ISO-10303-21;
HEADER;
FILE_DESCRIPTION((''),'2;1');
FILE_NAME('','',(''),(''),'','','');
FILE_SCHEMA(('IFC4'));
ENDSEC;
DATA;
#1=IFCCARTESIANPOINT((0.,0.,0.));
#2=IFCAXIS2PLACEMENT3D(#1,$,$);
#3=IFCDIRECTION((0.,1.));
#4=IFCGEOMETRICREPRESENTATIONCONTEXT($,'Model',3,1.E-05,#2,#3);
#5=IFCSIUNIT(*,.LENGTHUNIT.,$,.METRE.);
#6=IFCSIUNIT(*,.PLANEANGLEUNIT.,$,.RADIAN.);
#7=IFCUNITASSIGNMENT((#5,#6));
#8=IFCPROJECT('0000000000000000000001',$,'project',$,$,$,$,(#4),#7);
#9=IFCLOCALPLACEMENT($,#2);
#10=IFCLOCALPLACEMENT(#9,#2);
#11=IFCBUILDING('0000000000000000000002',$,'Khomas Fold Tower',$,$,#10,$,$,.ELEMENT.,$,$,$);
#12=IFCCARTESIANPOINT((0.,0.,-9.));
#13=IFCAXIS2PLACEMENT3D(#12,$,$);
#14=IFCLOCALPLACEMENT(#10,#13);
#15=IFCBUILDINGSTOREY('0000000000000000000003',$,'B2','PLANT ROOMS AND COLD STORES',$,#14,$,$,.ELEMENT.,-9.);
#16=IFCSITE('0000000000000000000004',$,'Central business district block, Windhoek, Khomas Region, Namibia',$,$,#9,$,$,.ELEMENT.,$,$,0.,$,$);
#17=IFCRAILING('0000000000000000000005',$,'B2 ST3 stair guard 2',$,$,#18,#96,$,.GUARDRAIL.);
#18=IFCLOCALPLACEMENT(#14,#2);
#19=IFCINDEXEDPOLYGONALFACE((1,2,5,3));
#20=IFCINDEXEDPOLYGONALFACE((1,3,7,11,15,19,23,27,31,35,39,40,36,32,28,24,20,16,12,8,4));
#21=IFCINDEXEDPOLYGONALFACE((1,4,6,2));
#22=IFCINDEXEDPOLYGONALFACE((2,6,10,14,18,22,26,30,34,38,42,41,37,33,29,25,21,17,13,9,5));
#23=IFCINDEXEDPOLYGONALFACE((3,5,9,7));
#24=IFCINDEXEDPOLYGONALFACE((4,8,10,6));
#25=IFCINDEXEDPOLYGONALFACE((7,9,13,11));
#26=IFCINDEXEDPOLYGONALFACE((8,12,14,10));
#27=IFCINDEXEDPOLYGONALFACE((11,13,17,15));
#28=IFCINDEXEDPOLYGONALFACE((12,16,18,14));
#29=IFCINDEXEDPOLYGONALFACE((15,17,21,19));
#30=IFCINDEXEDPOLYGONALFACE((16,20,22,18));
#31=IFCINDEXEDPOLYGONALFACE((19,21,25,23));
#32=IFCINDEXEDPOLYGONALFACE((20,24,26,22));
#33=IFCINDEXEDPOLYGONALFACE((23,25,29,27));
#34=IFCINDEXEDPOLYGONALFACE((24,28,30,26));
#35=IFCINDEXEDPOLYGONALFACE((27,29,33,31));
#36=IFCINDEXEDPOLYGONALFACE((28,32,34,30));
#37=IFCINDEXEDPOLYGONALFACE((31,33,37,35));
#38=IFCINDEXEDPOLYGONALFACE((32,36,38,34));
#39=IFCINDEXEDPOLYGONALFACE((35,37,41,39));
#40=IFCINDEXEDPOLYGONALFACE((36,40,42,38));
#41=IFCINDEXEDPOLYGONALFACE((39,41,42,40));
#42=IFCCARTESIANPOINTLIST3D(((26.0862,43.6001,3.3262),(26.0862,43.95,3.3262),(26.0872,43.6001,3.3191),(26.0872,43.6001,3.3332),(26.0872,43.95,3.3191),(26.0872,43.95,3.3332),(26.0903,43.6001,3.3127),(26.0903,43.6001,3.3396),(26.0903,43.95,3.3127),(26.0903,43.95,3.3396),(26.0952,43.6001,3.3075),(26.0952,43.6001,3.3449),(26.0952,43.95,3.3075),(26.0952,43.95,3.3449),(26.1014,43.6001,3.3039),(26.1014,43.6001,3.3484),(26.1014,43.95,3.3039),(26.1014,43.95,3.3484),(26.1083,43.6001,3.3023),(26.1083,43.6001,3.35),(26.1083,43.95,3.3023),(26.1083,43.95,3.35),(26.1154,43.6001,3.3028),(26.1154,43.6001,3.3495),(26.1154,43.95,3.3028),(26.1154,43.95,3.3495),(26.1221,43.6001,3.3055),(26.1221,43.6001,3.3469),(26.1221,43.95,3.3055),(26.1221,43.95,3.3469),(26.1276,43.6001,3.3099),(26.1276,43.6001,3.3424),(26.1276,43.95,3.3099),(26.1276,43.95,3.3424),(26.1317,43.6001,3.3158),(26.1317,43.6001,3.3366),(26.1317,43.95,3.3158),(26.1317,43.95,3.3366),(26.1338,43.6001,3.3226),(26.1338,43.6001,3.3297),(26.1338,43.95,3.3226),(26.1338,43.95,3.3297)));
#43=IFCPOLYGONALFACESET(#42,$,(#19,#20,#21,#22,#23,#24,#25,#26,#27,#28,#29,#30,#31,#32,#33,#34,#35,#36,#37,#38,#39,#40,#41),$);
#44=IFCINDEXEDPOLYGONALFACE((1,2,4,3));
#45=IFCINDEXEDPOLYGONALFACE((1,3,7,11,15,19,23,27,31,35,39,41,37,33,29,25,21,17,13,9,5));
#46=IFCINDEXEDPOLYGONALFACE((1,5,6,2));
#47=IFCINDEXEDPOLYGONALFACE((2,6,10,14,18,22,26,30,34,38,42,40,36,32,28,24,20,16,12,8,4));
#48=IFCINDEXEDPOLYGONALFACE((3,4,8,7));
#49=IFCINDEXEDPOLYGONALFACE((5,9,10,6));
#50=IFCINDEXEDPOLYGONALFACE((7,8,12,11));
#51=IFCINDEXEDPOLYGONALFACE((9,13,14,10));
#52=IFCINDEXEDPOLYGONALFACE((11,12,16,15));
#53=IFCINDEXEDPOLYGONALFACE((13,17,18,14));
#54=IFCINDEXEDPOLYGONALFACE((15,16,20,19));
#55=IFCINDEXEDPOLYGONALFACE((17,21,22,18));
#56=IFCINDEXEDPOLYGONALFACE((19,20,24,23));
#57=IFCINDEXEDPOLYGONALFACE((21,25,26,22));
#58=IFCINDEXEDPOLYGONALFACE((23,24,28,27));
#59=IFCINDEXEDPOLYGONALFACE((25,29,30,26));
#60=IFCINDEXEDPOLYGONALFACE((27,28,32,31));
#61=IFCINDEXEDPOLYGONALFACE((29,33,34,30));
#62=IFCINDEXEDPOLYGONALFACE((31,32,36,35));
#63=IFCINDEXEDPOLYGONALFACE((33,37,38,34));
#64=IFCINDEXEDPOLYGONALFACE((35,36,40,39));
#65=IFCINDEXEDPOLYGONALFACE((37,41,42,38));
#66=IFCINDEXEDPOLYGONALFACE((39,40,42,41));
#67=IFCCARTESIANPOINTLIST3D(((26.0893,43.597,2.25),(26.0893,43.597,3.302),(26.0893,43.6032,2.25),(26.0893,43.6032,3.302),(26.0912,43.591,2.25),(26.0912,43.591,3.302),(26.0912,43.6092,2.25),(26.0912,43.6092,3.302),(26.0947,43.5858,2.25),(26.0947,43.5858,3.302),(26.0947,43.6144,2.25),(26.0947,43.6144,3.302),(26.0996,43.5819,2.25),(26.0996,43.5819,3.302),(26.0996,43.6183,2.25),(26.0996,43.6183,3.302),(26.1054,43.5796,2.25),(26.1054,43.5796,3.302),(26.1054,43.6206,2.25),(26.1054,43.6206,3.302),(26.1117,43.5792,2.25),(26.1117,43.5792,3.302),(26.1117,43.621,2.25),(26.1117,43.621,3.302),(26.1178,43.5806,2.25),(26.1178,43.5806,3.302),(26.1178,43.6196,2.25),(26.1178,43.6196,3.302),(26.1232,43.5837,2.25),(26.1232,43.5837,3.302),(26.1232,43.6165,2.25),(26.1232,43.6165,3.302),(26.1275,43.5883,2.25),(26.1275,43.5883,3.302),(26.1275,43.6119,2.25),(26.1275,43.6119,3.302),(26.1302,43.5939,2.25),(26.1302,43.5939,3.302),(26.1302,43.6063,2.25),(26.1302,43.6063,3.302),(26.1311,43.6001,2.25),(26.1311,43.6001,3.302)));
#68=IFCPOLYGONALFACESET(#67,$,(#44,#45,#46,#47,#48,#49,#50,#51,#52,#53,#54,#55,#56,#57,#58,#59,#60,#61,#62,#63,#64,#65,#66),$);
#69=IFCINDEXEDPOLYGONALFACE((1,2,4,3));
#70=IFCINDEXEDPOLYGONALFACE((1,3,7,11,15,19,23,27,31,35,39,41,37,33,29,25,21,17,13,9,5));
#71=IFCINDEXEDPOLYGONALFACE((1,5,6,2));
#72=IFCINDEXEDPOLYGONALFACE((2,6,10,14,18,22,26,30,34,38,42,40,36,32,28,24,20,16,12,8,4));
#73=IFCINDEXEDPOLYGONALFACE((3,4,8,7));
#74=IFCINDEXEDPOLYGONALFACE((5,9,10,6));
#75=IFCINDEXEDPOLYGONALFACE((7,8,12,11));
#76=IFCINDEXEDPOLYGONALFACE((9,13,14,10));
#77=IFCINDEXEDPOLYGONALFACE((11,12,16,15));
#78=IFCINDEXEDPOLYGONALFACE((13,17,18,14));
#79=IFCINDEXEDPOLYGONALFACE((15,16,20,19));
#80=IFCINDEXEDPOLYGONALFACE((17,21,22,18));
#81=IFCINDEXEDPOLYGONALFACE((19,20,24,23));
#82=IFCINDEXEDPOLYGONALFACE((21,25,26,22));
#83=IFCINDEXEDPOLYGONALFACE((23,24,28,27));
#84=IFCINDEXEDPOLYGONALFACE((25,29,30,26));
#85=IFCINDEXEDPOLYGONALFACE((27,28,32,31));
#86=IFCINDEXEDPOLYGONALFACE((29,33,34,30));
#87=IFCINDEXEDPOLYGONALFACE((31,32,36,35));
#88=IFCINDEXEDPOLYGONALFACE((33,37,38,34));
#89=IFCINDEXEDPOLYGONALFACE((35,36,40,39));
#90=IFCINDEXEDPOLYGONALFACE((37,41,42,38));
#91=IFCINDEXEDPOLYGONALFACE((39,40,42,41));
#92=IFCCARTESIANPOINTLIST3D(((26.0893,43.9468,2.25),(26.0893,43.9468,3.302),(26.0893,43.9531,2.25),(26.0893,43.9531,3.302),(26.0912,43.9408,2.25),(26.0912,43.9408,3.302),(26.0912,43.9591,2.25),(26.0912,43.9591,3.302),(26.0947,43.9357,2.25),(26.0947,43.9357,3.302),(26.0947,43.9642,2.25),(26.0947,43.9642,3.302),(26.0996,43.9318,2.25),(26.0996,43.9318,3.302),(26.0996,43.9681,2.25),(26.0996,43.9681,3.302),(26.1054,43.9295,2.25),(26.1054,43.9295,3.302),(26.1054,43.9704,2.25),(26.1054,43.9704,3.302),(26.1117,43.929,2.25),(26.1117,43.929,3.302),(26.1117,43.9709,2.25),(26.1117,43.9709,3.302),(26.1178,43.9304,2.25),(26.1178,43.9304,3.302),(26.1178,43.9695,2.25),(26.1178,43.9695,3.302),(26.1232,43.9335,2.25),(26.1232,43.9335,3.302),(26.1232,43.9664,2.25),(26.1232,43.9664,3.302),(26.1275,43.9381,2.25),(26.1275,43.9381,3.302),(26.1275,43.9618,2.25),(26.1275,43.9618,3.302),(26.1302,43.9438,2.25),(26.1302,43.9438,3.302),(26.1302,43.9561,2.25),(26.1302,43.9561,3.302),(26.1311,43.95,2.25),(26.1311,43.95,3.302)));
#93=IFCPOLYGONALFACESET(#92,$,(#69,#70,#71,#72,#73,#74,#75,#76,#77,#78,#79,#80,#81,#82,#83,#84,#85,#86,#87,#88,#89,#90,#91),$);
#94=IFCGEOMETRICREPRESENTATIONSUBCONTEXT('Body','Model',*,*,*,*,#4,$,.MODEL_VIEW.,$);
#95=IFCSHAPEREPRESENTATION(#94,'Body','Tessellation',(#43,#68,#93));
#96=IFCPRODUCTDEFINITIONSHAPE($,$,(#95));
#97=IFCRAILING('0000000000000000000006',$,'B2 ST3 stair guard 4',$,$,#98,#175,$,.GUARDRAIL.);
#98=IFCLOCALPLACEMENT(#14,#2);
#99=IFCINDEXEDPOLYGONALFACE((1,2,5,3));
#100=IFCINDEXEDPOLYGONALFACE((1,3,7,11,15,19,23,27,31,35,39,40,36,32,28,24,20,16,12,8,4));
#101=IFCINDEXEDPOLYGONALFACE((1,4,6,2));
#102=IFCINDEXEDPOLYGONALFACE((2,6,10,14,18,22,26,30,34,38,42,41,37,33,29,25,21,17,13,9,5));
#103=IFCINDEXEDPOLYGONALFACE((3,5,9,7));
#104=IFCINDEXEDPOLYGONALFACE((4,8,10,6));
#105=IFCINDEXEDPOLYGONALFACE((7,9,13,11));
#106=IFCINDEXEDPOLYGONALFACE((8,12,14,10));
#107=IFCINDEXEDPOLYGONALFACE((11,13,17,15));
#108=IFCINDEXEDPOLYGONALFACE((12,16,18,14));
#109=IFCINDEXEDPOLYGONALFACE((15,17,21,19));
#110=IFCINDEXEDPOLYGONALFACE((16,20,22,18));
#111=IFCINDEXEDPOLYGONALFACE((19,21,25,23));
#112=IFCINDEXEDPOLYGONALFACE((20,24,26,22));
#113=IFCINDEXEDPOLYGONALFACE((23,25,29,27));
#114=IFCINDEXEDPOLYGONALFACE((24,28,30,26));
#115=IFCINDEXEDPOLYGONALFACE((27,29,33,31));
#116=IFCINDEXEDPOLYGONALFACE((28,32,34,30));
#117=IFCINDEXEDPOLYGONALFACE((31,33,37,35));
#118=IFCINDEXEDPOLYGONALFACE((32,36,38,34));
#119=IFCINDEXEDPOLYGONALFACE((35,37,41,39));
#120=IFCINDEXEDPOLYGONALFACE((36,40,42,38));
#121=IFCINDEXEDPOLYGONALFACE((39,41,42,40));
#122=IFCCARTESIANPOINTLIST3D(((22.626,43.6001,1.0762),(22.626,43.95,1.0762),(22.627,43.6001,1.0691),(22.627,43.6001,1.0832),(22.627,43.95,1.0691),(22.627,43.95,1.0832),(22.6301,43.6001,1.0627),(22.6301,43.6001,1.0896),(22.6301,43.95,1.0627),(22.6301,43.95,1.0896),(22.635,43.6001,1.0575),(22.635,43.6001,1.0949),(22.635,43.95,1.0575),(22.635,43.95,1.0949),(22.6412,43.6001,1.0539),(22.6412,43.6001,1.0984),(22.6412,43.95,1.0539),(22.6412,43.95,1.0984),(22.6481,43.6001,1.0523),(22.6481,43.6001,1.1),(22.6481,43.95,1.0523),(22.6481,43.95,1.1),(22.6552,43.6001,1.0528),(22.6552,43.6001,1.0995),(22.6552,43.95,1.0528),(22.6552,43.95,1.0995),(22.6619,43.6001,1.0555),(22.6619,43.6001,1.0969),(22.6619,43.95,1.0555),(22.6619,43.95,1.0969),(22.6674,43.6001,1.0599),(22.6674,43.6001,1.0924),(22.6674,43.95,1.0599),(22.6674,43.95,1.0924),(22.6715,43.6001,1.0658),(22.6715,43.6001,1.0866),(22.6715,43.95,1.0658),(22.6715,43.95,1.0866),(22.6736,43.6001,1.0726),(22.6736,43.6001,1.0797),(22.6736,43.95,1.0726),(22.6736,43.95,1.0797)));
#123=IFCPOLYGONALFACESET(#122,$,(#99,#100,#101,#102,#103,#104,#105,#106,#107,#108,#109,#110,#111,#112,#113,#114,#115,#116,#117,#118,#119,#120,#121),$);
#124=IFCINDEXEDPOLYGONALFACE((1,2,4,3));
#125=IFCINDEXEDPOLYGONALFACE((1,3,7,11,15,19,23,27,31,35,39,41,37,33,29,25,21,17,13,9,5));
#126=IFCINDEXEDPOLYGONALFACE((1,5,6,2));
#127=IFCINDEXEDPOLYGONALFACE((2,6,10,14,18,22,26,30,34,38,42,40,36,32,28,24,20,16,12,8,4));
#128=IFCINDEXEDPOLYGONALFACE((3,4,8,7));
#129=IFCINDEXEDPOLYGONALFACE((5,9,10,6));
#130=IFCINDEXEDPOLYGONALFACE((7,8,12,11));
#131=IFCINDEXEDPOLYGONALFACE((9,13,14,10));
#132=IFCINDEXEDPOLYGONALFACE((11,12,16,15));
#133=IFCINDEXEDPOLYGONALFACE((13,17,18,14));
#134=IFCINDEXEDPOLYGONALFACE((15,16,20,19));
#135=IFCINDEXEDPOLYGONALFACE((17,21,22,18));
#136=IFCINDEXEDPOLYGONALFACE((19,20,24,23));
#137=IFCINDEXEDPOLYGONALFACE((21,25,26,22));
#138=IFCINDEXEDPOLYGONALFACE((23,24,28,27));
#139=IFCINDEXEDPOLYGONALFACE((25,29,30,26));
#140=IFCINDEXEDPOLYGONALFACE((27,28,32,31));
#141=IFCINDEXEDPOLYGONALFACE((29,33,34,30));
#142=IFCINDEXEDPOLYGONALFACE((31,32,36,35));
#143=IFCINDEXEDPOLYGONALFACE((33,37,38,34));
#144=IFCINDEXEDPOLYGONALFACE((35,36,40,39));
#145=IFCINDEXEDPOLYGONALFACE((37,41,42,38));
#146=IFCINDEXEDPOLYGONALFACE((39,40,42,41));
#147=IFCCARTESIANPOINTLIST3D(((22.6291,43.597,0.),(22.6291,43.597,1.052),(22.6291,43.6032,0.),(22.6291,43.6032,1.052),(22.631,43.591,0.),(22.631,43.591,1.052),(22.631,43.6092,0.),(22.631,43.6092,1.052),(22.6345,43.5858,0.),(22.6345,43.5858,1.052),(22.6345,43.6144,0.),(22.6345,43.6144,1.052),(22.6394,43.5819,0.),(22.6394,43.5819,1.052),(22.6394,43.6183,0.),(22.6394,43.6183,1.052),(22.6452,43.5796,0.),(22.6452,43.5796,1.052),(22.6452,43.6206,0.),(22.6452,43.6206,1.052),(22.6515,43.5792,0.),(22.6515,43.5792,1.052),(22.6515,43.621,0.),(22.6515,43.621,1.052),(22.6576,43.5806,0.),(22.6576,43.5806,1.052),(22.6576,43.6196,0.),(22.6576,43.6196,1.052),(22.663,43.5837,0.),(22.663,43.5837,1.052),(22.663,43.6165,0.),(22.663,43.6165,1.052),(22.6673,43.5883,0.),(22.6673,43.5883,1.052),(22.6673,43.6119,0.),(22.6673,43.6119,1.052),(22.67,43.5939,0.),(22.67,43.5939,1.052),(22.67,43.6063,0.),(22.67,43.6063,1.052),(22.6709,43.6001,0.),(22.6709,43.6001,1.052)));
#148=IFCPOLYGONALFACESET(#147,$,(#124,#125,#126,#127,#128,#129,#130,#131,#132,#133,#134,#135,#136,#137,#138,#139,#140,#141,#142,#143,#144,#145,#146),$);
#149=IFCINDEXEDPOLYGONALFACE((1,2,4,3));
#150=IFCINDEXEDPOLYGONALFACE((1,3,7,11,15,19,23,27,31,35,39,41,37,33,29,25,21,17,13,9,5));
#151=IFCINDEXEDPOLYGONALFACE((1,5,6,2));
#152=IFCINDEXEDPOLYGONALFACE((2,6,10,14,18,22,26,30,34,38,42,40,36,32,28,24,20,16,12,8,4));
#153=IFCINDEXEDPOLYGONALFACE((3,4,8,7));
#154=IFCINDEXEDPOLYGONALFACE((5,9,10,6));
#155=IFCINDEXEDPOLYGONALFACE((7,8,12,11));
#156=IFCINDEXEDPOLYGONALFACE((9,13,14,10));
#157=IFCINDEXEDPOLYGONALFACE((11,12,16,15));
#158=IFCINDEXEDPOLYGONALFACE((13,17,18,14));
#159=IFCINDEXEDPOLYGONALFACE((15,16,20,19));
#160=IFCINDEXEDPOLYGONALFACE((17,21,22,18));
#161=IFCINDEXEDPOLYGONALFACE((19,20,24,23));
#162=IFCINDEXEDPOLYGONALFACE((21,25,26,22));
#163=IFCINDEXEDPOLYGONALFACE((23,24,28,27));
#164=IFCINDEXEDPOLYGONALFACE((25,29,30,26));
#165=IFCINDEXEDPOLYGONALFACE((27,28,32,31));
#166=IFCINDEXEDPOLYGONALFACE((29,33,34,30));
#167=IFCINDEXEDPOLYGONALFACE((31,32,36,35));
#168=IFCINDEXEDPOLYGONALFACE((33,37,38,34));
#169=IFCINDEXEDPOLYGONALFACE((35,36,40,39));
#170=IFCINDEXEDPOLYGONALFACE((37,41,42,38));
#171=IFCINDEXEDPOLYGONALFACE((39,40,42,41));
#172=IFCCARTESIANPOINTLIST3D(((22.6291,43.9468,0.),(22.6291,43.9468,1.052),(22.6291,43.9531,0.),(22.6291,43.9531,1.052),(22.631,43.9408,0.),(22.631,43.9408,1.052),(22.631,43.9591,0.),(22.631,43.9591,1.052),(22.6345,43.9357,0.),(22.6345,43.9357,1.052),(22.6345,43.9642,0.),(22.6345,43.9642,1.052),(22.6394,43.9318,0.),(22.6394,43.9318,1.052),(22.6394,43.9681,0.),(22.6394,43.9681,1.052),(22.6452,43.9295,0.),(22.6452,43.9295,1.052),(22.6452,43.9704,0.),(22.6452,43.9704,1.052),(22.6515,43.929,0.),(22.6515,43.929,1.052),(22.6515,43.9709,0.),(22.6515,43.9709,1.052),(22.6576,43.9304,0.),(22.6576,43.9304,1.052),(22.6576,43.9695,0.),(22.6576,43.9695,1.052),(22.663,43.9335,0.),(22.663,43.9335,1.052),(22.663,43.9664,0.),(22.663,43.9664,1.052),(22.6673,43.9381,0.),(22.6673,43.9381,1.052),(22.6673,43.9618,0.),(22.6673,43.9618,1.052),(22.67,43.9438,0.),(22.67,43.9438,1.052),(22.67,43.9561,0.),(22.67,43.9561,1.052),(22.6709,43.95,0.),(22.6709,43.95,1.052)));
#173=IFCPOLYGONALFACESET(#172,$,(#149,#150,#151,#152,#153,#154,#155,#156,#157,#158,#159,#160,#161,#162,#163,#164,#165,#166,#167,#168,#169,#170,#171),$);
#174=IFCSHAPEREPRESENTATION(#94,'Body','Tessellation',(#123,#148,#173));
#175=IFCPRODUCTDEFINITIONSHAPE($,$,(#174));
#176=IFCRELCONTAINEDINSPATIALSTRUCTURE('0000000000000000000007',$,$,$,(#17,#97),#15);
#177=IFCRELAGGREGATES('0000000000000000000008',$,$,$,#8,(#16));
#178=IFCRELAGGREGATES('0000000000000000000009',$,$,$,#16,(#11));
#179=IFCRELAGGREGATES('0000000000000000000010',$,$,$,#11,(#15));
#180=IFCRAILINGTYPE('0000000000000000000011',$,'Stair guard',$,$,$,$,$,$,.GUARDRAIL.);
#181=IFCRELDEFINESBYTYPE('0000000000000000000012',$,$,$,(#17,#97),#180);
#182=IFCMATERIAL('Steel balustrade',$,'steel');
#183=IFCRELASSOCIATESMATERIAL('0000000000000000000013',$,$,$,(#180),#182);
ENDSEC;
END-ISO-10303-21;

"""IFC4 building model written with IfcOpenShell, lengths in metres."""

from ifc_helpers import new_model, si_unit, direction, frame, origin, origin_2d, place, context, subcontext, project, spatial, circle, extrude, source, transform, mapped, material, type_object, element, save


model = new_model("IFC4")

# Units and contexts
model_context = context("Model", 3, precision=1e-05, world=origin(), true_north=direction((0.0, 1.0)))
body_context = subcontext(model_context, "Body", "Model", "MODEL_VIEW")
ifc_project = project(units=[si_unit("LENGTHUNIT", "METRE"), si_unit("PLANEANGLEUNIT", "RADIAN")], contexts=[model_context])

# Site, building, storey
site_placement = place(None, origin())
site = spatial("IfcSite", under=ifc_project, at=site_placement, Name="Central business district block, Windhoek, Khomas Region, Namibia", CompositionType="ELEMENT", RefElevation=0.0)
building_placement = place(site_placement, origin())
building = spatial("IfcBuilding", under=site, at=building_placement, Name="Khomas Fold Tower", CompositionType="ELEMENT")
storey_placement = place(building_placement, frame((0.0, 0.0, -9.0)))
storey = spatial("IfcBuildingStorey", under=building, at=storey_placement, Name="B2", Description="PLANT ROOMS AND COLD STORES", CompositionType="ELEMENT", Elevation=-9.0)

# Railings
ifc_material_1 = material(Name="Steel balustrade", Category="steel")
railing_type_1 = type_object("IfcRailingType", Name="Stair guard", PredefinedType="GUARDRAIL", material=ifc_material_1)
shared_shape_1 = source(origin(), body_context, "Body", "SweptSolid", [
    extrude(circle(Radius=0.0239, at=origin_2d()), frame((0.0, 0.0, 1.0762), z_axis=(0.0, 1.0, 0.0), x_axis=(-1.0, 0.0, 0.0)), (0.0, 0.0, 1.0), 0.3499),
    extrude(circle(Radius=0.021, at=origin_2d()), origin(), (0.0, 0.0, 1.0), 1.052),
    extrude(circle(Radius=0.021, at=origin_2d()), frame((0.0, 0.3499, 0.0)), (0.0, 0.0, 1.0), 1.052),
])
for number, where, name in (
    (1, (26.1101, 43.6001, 2.25), "B2 ST3 stair guard 2"),
    (2, (22.6499, 43.6001, 0.0), "B2 ST3 stair guard 4"),
):
    element("IfcRailing", number, at=place(storey_placement, frame(where)), inside=storey, type_object=railing_type_1, Name=name, PredefinedType="GUARDRAIL", context=body_context, shape_type="MappedRepresentation", body=[
        mapped(shared_shape_1, transform((0.0, 0.0, 0.0))),
    ])

save(model, "model.ifc")
